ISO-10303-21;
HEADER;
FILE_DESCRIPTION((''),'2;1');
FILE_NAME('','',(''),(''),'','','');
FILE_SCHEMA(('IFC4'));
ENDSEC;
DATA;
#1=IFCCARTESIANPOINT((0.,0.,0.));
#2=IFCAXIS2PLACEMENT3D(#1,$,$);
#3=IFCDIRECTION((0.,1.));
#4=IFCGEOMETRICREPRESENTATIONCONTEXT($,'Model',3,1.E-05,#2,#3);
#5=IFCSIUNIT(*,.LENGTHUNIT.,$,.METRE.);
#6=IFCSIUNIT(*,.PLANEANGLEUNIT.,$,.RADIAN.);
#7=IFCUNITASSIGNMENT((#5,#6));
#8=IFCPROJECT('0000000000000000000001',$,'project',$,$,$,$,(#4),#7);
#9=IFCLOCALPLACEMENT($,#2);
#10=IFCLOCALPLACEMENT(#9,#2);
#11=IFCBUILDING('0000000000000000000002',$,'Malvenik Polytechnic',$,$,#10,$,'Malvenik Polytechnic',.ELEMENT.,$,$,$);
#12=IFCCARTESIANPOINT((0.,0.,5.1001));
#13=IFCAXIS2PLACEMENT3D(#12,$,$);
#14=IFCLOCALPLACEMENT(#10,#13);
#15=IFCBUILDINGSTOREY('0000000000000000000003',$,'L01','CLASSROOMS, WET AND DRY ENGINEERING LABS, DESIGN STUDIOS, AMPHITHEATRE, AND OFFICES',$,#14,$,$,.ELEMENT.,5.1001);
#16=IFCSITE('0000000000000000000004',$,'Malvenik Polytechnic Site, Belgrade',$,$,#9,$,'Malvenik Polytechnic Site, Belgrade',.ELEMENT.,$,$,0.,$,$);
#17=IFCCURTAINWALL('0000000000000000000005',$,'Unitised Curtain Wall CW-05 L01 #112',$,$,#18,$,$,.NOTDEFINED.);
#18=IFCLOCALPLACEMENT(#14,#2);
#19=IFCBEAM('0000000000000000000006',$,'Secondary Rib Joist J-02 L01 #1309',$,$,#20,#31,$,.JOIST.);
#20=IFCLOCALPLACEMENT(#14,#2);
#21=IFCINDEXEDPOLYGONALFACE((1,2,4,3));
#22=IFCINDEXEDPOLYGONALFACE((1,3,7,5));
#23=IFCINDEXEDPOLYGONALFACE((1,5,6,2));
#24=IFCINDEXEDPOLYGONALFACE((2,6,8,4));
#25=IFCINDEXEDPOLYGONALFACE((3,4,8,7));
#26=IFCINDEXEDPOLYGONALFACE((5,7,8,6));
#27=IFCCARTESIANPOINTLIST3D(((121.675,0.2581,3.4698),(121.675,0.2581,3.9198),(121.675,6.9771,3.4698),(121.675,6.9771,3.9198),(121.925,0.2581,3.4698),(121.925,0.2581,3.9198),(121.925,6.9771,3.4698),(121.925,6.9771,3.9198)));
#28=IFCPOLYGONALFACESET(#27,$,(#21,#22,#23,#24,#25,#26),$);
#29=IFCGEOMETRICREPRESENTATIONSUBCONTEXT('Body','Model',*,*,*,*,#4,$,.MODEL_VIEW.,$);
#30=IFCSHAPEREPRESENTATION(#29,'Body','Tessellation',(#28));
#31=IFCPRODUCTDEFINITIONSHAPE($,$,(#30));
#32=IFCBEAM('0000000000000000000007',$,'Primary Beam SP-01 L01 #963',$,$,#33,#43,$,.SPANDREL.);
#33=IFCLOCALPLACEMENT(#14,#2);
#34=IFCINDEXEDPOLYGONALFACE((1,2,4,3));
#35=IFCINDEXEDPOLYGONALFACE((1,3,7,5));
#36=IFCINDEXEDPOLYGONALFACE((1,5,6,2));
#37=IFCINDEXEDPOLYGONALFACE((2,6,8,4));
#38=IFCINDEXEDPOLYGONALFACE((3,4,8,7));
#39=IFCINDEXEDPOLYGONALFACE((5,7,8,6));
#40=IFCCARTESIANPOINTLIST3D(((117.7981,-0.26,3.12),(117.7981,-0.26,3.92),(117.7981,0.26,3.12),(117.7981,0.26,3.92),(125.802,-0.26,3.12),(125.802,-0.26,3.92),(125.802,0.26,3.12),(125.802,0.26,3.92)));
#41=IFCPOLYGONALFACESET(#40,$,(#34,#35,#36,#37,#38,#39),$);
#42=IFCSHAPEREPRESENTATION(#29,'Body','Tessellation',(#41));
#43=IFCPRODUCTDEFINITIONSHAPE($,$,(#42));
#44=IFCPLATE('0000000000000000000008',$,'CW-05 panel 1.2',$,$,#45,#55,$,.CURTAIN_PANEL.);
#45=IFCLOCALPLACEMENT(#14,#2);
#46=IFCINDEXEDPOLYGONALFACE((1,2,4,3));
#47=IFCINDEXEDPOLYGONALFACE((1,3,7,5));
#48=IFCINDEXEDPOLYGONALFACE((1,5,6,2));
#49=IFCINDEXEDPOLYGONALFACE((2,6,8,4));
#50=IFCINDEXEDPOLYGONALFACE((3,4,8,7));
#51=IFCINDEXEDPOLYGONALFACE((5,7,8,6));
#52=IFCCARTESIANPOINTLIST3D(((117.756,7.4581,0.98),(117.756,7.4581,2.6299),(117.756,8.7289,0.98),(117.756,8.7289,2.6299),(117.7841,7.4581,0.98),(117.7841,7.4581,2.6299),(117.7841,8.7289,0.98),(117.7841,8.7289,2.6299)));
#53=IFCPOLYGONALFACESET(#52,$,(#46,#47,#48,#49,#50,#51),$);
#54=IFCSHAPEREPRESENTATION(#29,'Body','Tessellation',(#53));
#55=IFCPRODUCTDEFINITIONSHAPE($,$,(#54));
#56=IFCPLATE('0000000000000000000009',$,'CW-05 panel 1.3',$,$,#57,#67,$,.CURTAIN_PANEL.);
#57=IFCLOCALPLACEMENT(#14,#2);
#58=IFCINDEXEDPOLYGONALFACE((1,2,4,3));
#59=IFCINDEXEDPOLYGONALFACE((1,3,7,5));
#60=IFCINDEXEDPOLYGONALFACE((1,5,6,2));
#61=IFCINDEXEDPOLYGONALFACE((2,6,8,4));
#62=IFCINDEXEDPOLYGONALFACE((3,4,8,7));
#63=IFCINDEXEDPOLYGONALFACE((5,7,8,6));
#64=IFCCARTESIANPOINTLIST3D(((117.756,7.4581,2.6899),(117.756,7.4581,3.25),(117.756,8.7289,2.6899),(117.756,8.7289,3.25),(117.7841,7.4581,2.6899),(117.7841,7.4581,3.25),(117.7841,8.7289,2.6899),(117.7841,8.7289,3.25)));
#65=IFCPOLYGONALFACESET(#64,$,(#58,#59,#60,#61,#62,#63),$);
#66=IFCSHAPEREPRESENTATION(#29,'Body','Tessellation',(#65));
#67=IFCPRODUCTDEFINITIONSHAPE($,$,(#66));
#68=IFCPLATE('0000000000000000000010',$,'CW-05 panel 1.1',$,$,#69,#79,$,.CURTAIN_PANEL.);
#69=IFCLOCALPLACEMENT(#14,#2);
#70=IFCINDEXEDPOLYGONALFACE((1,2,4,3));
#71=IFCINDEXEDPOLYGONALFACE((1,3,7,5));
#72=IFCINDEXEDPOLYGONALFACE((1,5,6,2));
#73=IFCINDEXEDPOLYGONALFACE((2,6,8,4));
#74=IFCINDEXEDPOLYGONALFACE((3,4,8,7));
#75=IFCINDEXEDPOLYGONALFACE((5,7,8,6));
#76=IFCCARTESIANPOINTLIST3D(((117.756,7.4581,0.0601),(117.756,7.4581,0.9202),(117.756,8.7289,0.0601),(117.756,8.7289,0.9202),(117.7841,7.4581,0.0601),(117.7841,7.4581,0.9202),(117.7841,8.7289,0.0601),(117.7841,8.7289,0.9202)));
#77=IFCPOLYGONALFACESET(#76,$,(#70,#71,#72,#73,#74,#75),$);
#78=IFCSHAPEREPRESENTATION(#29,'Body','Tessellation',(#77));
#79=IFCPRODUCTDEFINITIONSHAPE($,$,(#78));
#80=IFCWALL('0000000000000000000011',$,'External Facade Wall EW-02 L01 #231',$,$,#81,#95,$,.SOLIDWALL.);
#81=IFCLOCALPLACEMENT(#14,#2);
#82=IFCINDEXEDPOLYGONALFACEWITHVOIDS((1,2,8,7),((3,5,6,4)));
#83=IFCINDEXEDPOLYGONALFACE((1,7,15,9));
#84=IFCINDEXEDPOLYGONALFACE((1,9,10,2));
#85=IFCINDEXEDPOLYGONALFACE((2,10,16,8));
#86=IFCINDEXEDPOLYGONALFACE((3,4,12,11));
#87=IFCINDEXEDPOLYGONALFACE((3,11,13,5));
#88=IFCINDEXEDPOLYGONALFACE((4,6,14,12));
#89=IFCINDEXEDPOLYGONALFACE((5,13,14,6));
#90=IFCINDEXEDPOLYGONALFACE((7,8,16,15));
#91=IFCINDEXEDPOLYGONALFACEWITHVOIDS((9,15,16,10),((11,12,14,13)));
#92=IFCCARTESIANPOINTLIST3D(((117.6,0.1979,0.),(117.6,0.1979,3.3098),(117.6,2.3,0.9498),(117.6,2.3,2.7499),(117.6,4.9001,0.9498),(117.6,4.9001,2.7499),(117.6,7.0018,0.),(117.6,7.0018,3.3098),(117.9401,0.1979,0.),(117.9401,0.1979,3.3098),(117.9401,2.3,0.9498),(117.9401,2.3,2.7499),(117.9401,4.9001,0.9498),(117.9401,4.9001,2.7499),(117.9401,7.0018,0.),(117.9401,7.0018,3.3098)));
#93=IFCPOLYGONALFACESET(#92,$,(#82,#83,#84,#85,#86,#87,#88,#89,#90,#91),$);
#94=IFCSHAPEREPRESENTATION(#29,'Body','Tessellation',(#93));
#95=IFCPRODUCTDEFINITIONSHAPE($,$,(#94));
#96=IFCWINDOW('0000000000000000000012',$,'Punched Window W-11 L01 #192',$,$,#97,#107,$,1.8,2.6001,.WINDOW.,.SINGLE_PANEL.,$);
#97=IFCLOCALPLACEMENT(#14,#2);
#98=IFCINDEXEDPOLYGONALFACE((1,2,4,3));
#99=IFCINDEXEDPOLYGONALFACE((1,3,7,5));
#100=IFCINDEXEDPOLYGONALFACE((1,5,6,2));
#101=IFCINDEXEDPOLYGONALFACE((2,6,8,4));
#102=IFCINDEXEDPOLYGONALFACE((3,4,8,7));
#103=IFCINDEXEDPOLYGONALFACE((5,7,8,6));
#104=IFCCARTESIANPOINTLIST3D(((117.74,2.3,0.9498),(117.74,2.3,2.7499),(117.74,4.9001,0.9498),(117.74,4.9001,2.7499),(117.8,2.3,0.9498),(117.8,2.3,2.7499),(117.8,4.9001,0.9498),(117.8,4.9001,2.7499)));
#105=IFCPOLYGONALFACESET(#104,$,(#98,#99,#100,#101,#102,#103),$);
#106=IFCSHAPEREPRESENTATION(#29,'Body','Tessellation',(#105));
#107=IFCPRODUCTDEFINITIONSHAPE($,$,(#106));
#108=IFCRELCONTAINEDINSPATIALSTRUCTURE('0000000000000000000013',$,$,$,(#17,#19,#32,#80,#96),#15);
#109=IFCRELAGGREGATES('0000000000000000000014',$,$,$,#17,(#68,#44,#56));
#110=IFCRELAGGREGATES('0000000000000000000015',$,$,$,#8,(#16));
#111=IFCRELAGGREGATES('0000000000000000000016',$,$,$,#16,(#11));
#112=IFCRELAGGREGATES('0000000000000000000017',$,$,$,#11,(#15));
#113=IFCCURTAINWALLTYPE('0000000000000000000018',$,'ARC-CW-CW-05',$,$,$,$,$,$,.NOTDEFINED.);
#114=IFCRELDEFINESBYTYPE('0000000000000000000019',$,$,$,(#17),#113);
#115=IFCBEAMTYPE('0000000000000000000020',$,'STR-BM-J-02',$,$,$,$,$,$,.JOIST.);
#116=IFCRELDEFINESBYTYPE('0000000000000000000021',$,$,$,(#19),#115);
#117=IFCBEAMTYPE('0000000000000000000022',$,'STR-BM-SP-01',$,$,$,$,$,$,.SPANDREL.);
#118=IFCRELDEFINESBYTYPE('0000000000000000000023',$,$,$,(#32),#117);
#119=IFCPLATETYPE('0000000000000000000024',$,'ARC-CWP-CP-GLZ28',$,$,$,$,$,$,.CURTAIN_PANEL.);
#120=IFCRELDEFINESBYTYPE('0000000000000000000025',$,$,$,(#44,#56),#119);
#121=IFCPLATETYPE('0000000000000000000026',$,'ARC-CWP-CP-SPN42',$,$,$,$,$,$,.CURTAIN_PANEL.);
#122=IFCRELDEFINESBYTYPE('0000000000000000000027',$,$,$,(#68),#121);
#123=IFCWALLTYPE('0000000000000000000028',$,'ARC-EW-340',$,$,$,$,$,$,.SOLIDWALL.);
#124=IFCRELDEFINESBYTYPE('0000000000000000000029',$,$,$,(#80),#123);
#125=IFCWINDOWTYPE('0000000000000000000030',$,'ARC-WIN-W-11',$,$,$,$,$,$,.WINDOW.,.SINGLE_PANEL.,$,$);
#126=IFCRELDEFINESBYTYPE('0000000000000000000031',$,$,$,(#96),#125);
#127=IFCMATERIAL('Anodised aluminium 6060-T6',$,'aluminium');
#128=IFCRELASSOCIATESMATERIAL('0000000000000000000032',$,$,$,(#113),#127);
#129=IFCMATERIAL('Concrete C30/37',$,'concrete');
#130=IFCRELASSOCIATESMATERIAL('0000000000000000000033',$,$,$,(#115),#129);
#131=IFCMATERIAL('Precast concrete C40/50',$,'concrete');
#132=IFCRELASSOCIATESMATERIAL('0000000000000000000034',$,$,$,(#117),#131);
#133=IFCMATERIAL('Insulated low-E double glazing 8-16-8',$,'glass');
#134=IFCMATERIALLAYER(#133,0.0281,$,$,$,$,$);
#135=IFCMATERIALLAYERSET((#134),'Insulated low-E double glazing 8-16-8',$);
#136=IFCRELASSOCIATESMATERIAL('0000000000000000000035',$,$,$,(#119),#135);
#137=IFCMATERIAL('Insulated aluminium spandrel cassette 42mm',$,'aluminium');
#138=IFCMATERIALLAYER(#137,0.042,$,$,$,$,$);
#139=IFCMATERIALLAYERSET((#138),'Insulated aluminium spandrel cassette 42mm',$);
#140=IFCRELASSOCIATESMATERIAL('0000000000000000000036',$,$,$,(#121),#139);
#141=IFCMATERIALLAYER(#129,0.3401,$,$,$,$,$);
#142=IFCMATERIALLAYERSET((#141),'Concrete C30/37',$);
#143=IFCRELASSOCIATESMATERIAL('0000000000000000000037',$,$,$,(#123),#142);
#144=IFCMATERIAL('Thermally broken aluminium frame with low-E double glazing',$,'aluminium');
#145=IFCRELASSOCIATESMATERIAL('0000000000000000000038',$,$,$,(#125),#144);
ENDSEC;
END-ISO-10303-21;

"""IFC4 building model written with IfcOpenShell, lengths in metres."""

from ifc_helpers import new_model, si_unit, direction, frame, frame_2d, origin, origin_2d, place, context, subcontext, project, spatial, rectangle, extrude, material, layer, layer_set, material_profile, profile_set, type_object, element, fill, aggregate, save


model = new_model("IFC4")

# Units and contexts
model_context = context("Model", 3, precision=1e-05, world=origin(), true_north=direction((0.0, 1.0)))
body_context = subcontext(model_context, "Body", "Model", "MODEL_VIEW")
ifc_project = project(units=[si_unit("LENGTHUNIT", "METRE"), si_unit("PLANEANGLEUNIT", "RADIAN")], contexts=[model_context])

# Site, building, storey
site_placement = place(None, origin())
site = spatial("IfcSite", under=ifc_project, at=site_placement, Name="Malvenik Polytechnic Site, Belgrade", LongName="Malvenik Polytechnic Site, Belgrade", CompositionType="ELEMENT", RefElevation=0.0)
building_placement = place(site_placement, origin())
building = spatial("IfcBuilding", under=site, at=building_placement, Name="Malvenik Polytechnic", LongName="Malvenik Polytechnic", CompositionType="ELEMENT")
storey_placement = place(building_placement, frame((0.0, 0.0, 5.1001)))
storey = spatial("IfcBuildingStorey", under=building, at=storey_placement, Name="L01", Description="CLASSROOMS, WET AND DRY ENGINEERING LABS, DESIGN STUDIOS, AMPHITHEATRE, AND OFFICES", CompositionType="ELEMENT", Elevation=5.1001)

# Shared definitions
ifc_material_1 = material(Name="Concrete C30/37", Category="concrete")

# Curtain wall
ifc_material_2 = material(Name="Anodised aluminium 6060-T6", Category="aluminium")
curtain_wall_type = type_object("IfcCurtainWallType", Name="ARC-CW-CW-05", PredefinedType="NOTDEFINED", material=ifc_material_2)
curtain_wall_placement = place(storey_placement, origin())
curtain_wall = element("IfcCurtainWall", 1, at=curtain_wall_placement, inside=storey, type_object=curtain_wall_type, Name="Unitised Curtain Wall CW-05 L01 #112", PredefinedType="NOTDEFINED")

# Beams
ifc_material_profile_1 = material_profile(ifc_material_1, rectangle(XDim=0.25, YDim=0.45, at=origin_2d()), Name="RC JST 250x450")
ifc_profile_set_1 = profile_set([ifc_material_profile_1], Name="Concrete C30/37")
beam_type_1 = type_object("IfcBeamType", Name="STR-BM-J-02", PredefinedType="JOIST", material=ifc_profile_set_1)
beam_1_placement = place(storey_placement, frame((121.8, 0.2581, 3.6948), z_axis=(0.0, 1.0, 0.0), x_axis=(-1.0, 0.0, 0.0)))
element("IfcBeam", 2, at=beam_1_placement, inside=storey, type_object=beam_type_1, Name="Secondary Rib Joist J-02 L01 #1309", PredefinedType="JOIST", context=body_context, shape_type="SweptSolid", body=[
    extrude(rectangle(XDim=0.25, YDim=0.45, at=origin_2d()), origin(), (0.0, 0.0, 1.0), 6.719),
])
ifc_material_3 = material(Name="Precast concrete C40/50", Category="concrete")
ifc_material_profile_2 = material_profile(ifc_material_3, rectangle(XDim=0.52, YDim=0.8, at=origin_2d()), Name="PC SPN 520x800")
ifc_profile_set_2 = profile_set([ifc_material_profile_2], Name="Precast concrete C40/50")
beam_type_2 = type_object("IfcBeamType", Name="STR-BM-SP-01", PredefinedType="SPANDREL", material=ifc_profile_set_2)
beam_2_placement = place(storey_placement, frame((117.7981, 0.0, 3.52), z_axis=(1.0, 0.0, 0.0), x_axis=(0.0, 1.0, 0.0)))
element("IfcBeam", 3, at=beam_2_placement, inside=storey, type_object=beam_type_2, Name="Primary Beam SP-01 L01 #963", PredefinedType="SPANDREL", context=body_context, shape_type="SweptSolid", body=[
    extrude(rectangle(XDim=0.52, YDim=0.8, at=origin_2d()), origin(), (0.0, 0.0, 1.0), 8.0039),
])

# Plates
ifc_material_4 = material(Name="Insulated low-E double glazing 8-16-8", Category="glass")
ifc_layer_1 = layer(ifc_material_4, 0.0281)
ifc_layer_set_1 = layer_set([ifc_layer_1], Name="Insulated low-E double glazing 8-16-8")
plate_type_1 = type_object("IfcPlateType", Name="ARC-CWP-CP-GLZ28", PredefinedType="CURTAIN_PANEL", material=ifc_layer_set_1)
plate_1_placement = place(storey_placement, frame((117.77, 8.0935, 0.98), z_axis=(0.0, 0.0, 1.0), x_axis=(0.0, 1.0, 0.0)))
plate_1 = element("IfcPlate", 4, at=plate_1_placement, type_object=plate_type_1, Name="CW-05 panel 1.2", PredefinedType="CURTAIN_PANEL", context=body_context, shape_type="SweptSolid", body=[
    extrude(rectangle(XDim=1.2708, YDim=0.0281, at=origin_2d()), origin(), (0.0, 0.0, 1.0), 1.6499),
])
plate_2_placement = place(storey_placement, frame((117.77, 8.0935, 2.6899), z_axis=(0.0, 0.0, 1.0), x_axis=(0.0, 1.0, 0.0)))
plate_2 = element("IfcPlate", 5, at=plate_2_placement, type_object=plate_type_1, Name="CW-05 panel 1.3", PredefinedType="CURTAIN_PANEL", context=body_context, shape_type="SweptSolid", body=[
    extrude(rectangle(XDim=1.2708, YDim=0.0281, at=origin_2d()), origin(), (0.0, 0.0, 1.0), 0.5601),
])
ifc_material_5 = material(Name="Insulated aluminium spandrel cassette 42mm", Category="aluminium")
ifc_layer_2 = layer(ifc_material_5, 0.042)
ifc_layer_set_2 = layer_set([ifc_layer_2], Name="Insulated aluminium spandrel cassette 42mm")
plate_type_2 = type_object("IfcPlateType", Name="ARC-CWP-CP-SPN42", PredefinedType="CURTAIN_PANEL", material=ifc_layer_set_2)
plate_3_placement = place(storey_placement, frame((117.77, 8.0935, 0.0601), z_axis=(0.0, 0.0, 1.0), x_axis=(0.0, 1.0, 0.0)))
plate_3 = element("IfcPlate", 6, at=plate_3_placement, type_object=plate_type_2, Name="CW-05 panel 1.1", PredefinedType="CURTAIN_PANEL", context=body_context, shape_type="SweptSolid", body=[
    extrude(rectangle(XDim=1.2708, YDim=0.0281, at=origin_2d()), origin(), (0.0, 0.0, 1.0), 0.8601),
])
aggregate(curtain_wall, [plate_3, plate_1, plate_2])

# Wall, opening, window
ifc_layer_3 = layer(ifc_material_1, 0.3401)
ifc_layer_set_3 = layer_set([ifc_layer_3], Name="Concrete C30/37")
wall_type = type_object("IfcWallType", Name="ARC-EW-340", PredefinedType="SOLIDWALL", material=ifc_layer_set_3)
wall_placement = place(storey_placement, frame((117.77, 0.198, 0.0), z_axis=(0.0, 0.0, 1.0), x_axis=(0.0, 1.0, 0.0)))
wall = element("IfcWall", 7, at=wall_placement, inside=storey, type_object=wall_type, Name="External Facade Wall EW-02 L01 #231", PredefinedType="SOLIDWALL", context=body_context, shape_type="SweptSolid", body=[
    extrude(rectangle(XDim=6.804, YDim=0.3401, at=frame_2d((3.4019, 0.0))), origin(), (0.0, 0.0, 1.0), 3.3098),
])
opening_placement = place(wall_placement, frame((2.1021, 0.0, 0.95)))
opening = element("IfcOpeningElement", 8, at=opening_placement, cuts=wall, PredefinedType="OPENING", context=body_context, shape_type="SweptSolid", body=[
    extrude(rectangle(XDim=2.6001, YDim=1.8, at=frame_2d((1.3, 0.8999))), frame((0.0, 0.1802, 0.0), z_axis=(0.0, -1.0, 0.0), x_axis=(1.0, 0.0, 0.0)), (0.0, 0.0, 1.0), 0.3601),
])
ifc_material_6 = material(Name="Thermally broken aluminium frame with low-E double glazing", Category="aluminium")
window_type = type_object("IfcWindowType", Name="ARC-WIN-W-11", PartitioningType="SINGLE_PANEL", PredefinedType="WINDOW", material=ifc_material_6)
window_placement = place(opening_placement, origin())
window = element("IfcWindow", 9, at=window_placement, inside=storey, type_object=window_type, Name="Punched Window W-11 L01 #192", OverallHeight=1.8, OverallWidth=2.6001, PartitioningType="SINGLE_PANEL", PredefinedType="WINDOW", context=body_context, shape_type="SweptSolid", body=[
    extrude(rectangle(XDim=2.6001, YDim=1.8, at=frame_2d((1.3, 0.8999))), frame((0.0, 0.03, 0.0), z_axis=(0.0, -1.0, 0.0), x_axis=(1.0, 0.0, 0.0)), (0.0, 0.0, 1.0), 0.0601),
])
fill(opening, window)

save(model, "model.ifc")
